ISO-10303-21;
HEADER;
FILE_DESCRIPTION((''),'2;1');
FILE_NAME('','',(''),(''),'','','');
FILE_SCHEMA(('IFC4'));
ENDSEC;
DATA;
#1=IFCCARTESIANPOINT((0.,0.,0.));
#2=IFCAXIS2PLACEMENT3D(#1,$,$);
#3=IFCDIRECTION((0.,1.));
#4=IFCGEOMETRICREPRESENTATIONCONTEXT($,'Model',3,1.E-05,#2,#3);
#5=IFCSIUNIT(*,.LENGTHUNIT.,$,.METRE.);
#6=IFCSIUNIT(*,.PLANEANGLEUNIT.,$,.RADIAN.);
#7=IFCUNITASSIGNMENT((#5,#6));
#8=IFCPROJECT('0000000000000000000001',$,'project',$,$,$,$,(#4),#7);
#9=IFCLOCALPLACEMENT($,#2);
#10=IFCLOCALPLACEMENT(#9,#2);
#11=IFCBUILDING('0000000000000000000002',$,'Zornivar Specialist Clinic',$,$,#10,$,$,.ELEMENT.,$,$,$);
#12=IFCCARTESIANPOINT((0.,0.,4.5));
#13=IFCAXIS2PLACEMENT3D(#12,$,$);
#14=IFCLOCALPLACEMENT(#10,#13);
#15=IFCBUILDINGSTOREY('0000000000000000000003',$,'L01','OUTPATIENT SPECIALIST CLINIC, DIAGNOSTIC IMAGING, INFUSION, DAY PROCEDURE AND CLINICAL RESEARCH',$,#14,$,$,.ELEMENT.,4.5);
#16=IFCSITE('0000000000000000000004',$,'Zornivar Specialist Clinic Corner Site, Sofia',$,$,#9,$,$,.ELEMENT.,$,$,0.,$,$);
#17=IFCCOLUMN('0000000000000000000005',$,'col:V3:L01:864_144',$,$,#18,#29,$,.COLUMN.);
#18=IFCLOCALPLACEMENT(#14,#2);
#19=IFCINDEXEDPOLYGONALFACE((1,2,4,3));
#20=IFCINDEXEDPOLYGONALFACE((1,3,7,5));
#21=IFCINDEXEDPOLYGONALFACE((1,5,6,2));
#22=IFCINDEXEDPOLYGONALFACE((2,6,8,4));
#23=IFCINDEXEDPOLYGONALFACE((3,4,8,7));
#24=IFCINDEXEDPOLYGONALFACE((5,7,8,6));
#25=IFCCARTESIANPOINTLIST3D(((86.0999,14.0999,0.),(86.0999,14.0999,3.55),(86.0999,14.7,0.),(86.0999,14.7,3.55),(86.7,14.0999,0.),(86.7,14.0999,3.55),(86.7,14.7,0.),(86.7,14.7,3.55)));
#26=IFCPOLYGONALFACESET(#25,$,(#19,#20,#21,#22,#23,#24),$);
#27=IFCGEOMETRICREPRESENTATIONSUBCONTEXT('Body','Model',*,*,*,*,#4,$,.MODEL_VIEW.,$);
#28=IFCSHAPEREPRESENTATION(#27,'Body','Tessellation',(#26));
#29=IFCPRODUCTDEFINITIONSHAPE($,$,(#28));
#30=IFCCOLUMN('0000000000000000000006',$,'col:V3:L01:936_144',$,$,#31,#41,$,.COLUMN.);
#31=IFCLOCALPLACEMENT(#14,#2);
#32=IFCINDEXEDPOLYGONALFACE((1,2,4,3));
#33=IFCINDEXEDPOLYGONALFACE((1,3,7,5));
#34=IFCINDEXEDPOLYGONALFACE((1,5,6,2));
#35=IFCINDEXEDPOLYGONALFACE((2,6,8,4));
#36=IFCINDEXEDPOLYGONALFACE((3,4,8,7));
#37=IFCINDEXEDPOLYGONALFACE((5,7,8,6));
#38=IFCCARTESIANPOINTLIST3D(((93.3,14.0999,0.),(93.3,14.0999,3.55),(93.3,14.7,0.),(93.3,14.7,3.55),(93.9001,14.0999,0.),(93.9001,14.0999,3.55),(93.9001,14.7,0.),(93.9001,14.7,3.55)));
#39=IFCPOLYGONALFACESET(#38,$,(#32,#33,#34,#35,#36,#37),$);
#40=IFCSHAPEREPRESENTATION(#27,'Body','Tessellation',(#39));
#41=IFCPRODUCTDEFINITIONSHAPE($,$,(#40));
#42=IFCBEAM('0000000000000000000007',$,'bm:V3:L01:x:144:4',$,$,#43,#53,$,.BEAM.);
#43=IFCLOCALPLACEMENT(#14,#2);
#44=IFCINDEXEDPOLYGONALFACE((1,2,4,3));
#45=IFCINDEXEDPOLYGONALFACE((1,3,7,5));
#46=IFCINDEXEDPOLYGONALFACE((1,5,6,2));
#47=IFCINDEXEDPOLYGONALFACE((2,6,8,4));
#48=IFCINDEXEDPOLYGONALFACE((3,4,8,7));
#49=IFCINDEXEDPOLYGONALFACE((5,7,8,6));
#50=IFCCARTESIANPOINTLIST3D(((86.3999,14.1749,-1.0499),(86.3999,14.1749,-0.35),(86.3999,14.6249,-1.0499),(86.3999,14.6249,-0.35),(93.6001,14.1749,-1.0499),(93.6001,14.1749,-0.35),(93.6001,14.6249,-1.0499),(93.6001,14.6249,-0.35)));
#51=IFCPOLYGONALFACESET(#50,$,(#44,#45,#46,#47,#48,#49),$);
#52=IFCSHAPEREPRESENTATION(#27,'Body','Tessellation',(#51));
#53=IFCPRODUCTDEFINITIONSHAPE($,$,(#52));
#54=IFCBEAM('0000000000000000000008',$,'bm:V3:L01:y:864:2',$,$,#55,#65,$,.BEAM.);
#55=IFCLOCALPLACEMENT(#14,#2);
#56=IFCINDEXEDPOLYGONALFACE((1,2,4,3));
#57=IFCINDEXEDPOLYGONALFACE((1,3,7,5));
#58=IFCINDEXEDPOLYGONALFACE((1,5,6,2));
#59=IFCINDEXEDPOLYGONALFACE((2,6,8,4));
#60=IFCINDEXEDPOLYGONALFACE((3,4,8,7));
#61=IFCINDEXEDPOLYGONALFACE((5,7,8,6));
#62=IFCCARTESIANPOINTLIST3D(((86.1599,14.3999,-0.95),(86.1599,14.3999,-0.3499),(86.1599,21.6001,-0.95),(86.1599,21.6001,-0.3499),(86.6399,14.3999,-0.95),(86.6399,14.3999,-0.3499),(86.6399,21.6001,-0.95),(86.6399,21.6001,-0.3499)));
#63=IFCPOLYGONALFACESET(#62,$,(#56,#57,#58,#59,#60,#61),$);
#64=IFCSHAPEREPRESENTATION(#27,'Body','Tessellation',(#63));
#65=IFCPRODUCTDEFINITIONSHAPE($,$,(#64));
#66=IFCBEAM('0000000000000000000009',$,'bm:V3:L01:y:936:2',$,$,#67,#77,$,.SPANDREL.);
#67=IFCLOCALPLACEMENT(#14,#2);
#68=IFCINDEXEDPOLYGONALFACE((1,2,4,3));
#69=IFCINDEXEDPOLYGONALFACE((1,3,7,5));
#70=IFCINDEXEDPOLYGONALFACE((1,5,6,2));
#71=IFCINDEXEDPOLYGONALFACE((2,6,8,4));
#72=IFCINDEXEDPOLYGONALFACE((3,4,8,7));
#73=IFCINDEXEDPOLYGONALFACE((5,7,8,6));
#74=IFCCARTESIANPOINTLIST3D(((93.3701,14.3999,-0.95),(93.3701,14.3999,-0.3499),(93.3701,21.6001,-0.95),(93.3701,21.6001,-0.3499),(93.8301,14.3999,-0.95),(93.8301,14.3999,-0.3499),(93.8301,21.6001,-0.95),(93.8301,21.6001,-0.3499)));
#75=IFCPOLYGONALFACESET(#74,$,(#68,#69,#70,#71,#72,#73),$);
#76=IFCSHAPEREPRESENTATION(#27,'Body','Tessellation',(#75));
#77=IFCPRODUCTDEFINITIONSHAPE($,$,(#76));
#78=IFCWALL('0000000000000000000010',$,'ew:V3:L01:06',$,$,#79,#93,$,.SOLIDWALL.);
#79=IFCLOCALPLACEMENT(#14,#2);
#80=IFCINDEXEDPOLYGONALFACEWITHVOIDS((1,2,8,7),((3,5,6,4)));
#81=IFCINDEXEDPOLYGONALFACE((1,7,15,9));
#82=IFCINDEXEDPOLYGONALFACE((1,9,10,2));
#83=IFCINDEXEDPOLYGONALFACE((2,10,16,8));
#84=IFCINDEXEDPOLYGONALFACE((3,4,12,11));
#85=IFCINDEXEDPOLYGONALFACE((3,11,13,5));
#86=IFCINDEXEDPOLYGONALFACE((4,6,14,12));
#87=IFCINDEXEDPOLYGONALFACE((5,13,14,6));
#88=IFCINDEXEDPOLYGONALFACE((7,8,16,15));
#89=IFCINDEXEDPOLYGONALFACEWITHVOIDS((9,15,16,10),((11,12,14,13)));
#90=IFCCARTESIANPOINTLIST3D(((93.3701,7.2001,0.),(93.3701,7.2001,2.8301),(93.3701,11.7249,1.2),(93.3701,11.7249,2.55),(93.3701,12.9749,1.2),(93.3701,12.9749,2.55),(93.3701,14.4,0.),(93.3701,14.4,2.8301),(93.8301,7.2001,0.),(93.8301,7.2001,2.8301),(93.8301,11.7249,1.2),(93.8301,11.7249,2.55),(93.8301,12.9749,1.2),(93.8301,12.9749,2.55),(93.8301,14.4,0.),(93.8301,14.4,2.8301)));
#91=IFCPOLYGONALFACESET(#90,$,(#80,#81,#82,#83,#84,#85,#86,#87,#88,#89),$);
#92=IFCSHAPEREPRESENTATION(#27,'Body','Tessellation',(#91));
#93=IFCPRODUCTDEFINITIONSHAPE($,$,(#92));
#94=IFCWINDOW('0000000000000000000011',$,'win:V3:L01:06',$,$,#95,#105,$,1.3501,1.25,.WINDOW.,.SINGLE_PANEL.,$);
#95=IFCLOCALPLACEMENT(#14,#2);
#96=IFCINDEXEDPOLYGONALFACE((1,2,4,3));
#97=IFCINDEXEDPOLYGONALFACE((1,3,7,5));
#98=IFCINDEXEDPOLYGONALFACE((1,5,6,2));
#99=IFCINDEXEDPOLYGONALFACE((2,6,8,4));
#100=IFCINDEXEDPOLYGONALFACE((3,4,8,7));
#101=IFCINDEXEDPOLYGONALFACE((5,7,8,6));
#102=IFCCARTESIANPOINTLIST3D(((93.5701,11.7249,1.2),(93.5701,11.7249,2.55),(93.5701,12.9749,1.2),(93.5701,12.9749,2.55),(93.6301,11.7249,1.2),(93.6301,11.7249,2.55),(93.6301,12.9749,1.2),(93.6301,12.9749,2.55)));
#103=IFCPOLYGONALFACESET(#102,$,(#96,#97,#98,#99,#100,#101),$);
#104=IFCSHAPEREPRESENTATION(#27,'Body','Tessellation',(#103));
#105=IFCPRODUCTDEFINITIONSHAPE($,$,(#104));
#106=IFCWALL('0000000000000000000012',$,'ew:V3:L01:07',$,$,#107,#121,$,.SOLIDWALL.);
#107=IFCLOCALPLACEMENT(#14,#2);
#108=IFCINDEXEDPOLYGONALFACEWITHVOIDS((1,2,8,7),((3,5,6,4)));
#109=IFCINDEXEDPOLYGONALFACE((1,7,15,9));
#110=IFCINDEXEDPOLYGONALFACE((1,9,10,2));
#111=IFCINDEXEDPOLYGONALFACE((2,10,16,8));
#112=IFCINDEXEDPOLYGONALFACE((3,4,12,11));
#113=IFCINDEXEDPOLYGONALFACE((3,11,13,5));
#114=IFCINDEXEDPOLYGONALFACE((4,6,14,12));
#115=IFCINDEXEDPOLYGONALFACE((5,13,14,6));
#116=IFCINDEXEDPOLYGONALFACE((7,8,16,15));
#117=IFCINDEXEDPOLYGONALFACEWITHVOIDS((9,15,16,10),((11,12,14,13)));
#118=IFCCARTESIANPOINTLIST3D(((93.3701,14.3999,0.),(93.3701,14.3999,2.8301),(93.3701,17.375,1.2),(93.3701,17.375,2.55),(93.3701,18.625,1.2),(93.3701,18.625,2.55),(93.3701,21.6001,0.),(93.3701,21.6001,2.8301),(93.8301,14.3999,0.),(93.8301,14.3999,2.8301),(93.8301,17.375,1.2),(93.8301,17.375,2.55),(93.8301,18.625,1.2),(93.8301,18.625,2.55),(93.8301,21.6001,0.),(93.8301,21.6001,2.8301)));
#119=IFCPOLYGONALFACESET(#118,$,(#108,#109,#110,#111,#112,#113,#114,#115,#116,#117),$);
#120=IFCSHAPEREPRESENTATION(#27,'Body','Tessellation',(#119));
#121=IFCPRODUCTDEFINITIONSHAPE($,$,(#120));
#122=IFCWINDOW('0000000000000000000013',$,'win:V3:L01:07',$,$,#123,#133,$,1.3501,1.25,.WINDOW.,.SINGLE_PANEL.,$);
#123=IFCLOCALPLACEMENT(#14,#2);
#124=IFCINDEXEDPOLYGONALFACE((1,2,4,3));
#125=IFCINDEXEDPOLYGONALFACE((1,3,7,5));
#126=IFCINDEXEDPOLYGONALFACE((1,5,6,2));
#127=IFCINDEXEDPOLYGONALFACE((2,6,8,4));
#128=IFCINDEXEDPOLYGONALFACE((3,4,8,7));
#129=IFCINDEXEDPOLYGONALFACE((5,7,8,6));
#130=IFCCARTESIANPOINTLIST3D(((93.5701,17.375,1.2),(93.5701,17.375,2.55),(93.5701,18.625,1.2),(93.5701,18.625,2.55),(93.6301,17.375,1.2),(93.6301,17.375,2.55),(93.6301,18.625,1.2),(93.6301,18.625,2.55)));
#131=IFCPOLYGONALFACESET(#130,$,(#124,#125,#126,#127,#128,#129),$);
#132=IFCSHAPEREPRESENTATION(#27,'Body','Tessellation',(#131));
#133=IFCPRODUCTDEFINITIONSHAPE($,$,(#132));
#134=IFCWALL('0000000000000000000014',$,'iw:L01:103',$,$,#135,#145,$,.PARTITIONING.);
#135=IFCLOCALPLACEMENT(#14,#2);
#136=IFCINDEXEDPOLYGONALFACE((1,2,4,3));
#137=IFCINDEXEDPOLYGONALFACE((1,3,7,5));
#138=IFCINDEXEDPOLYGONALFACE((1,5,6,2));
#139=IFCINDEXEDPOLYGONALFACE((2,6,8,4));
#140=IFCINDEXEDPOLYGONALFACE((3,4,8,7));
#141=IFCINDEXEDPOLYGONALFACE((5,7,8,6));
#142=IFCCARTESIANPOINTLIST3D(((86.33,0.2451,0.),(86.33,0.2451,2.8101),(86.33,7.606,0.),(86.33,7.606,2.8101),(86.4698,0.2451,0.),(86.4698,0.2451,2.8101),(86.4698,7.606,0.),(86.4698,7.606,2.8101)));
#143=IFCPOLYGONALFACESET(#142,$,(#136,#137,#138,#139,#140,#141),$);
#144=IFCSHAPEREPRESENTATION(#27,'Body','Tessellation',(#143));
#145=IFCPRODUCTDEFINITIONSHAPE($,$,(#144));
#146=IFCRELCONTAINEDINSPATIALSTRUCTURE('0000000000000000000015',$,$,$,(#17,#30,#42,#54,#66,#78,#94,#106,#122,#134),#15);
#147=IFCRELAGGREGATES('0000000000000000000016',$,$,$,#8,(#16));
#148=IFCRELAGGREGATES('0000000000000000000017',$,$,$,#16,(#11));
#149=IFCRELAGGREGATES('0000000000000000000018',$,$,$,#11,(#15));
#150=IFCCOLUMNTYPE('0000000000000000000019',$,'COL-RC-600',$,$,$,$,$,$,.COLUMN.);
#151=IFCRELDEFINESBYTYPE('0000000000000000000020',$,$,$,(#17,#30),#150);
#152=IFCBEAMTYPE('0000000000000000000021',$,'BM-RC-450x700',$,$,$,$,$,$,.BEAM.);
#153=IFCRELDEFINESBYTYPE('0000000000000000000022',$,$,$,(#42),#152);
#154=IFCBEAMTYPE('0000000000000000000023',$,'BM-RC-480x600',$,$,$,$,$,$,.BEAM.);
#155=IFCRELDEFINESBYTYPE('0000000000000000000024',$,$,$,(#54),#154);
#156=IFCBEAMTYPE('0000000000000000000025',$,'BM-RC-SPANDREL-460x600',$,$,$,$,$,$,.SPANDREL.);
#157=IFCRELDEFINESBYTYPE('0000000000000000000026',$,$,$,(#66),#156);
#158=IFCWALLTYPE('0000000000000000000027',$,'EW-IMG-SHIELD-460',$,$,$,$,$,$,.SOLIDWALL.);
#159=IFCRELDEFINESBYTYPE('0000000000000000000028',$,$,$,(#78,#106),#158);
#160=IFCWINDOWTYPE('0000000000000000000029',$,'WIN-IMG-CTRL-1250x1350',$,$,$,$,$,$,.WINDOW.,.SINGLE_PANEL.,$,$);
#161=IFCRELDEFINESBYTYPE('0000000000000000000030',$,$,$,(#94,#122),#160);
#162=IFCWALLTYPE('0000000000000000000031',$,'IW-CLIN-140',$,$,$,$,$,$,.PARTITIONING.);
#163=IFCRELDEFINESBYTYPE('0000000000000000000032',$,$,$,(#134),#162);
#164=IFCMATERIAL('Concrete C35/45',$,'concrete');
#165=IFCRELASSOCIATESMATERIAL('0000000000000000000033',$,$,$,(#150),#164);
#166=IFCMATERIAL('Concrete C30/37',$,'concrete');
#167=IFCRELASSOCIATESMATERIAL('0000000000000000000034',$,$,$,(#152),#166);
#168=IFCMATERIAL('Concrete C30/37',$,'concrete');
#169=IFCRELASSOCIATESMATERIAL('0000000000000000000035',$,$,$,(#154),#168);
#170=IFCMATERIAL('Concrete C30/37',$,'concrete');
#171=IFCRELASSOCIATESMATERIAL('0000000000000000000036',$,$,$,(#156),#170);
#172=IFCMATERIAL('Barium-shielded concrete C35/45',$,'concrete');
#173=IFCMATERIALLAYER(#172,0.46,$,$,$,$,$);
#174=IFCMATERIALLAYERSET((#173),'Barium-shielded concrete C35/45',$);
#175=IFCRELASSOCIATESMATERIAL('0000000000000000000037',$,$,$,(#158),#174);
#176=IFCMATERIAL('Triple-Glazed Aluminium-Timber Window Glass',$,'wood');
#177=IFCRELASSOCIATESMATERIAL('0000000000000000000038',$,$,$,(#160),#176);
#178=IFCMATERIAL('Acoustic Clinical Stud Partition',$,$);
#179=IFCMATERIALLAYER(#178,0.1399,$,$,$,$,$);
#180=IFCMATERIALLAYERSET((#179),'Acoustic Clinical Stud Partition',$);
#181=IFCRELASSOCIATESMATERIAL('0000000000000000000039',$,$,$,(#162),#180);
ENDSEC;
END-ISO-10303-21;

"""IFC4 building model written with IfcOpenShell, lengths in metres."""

from ifc_helpers import new_model, si_unit, direction, frame, frame_2d, origin, origin_2d, place, context, subcontext, project, spatial, rectangle, extrude, material, layer, layer_set, material_profile, profile_set, type_object, element, fill, save


model = new_model("IFC4")

# Units and contexts
model_context = context("Model", 3, precision=1e-05, world=origin(), true_north=direction((0.0, 1.0)))
body_context = subcontext(model_context, "Body", "Model", "MODEL_VIEW")
ifc_project = project(units=[si_unit("LENGTHUNIT", "METRE"), si_unit("PLANEANGLEUNIT", "RADIAN")], contexts=[model_context])

# Site, building, storey
site_placement = place(None, origin())
site = spatial("IfcSite", under=ifc_project, at=site_placement, Name="Zornivar Specialist Clinic Corner Site, Sofia", CompositionType="ELEMENT", RefElevation=0.0)
building_placement = place(site_placement, origin())
building = spatial("IfcBuilding", under=site, at=building_placement, Name="Zornivar Specialist Clinic", CompositionType="ELEMENT")
storey_placement = place(building_placement, frame((0.0, 0.0, 4.5)))
storey = spatial("IfcBuildingStorey", under=building, at=storey_placement, Name="L01", Description="OUTPATIENT SPECIALIST CLINIC, DIAGNOSTIC IMAGING, INFUSION, DAY PROCEDURE AND CLINICAL RESEARCH", CompositionType="ELEMENT", Elevation=4.5)

# Columns
ifc_material_1 = material(Name="Concrete C35/45", Category="concrete")
ifc_material_profile_1 = material_profile(ifc_material_1, rectangle(XDim=0.6001, YDim=0.6001, at=origin_2d()), Name="RC 600x600")
ifc_profile_set_1 = profile_set([ifc_material_profile_1], Name="Concrete C35/45")
column_type = type_object("IfcColumnType", Name="COL-RC-600", PredefinedType="COLUMN", material=ifc_profile_set_1)
for number, where, z_axis, x_axis, name in (
    (1, (86.3999, 14.3999, 0.0), (0.0, 0.0, 1.0), (1.0, 0.0, 0.0), "col:V3:L01:864_144"),
    (2, (93.6001, 14.3999, 0.0), (0.0, 0.0, 1.0), (1.0, 0.0, 0.0), "col:V3:L01:936_144"),
):
    element("IfcColumn", number, at=place(storey_placement, frame(where, z_axis=z_axis, x_axis=x_axis)), inside=storey, type_object=column_type, Name=name, PredefinedType="COLUMN", context=body_context, shape_type="SweptSolid", body=[
        extrude(rectangle(XDim=0.6001, YDim=0.6001, at=origin_2d()), origin(), (0.0, 0.0, 1.0), 3.55),
    ])

# Beams
ifc_material_2 = material(Name="Concrete C30/37", Category="concrete")
ifc_material_profile_2 = material_profile(ifc_material_2, rectangle(XDim=0.45, YDim=0.7, at=origin_2d()), Name="RC 450x700")
ifc_profile_set_2 = profile_set([ifc_material_profile_2], Name="Concrete C30/37")
beam_type_1 = type_object("IfcBeamType", Name="BM-RC-450x700", PredefinedType="BEAM", material=ifc_profile_set_2)
beam_1_placement = place(storey_placement, frame((86.3999, 14.3999, -0.7), z_axis=(1.0, 0.0, 0.0), x_axis=(0.0, 1.0, 0.0)))
element("IfcBeam", 3, at=beam_1_placement, inside=storey, type_object=beam_type_1, Name="bm:V3:L01:x:144:4", PredefinedType="BEAM", context=body_context, shape_type="SweptSolid", body=[
    extrude(rectangle(XDim=0.45, YDim=0.7, at=origin_2d()), origin(), (0.0, 0.0, 1.0), 7.2002),
])
ifc_material_3 = material(Name="Concrete C30/37", Category="concrete")
ifc_material_profile_3 = material_profile(ifc_material_3, rectangle(XDim=0.48, YDim=0.6001, at=origin_2d()), Name="RC 480x600")
ifc_profile_set_3 = profile_set([ifc_material_profile_3], Name="Concrete C30/37")
beam_type_2 = type_object("IfcBeamType", Name="BM-RC-480x600", PredefinedType="BEAM", material=ifc_profile_set_3)
beam_2_placement = place(storey_placement, frame((86.3999, 14.3999, -0.6499), z_axis=(0.0, 1.0, 0.0), x_axis=(-1.0, 0.0, 0.0)))
element("IfcBeam", 4, at=beam_2_placement, inside=storey, type_object=beam_type_2, Name="bm:V3:L01:y:864:2", PredefinedType="BEAM", context=body_context, shape_type="SweptSolid", body=[
    extrude(rectangle(XDim=0.48, YDim=0.6001, at=origin_2d()), origin(), (0.0, 0.0, 1.0), 7.2002),
])
ifc_material_4 = material(Name="Concrete C30/37", Category="concrete")
ifc_material_profile_4 = material_profile(ifc_material_4, rectangle(XDim=0.46, YDim=0.6001, at=origin_2d()), Name="RC 460x600")
ifc_profile_set_4 = profile_set([ifc_material_profile_4], Name="Concrete C30/37")
beam_type_3 = type_object("IfcBeamType", Name="BM-RC-SPANDREL-460x600", PredefinedType="SPANDREL", material=ifc_profile_set_4)
beam_3_placement = place(storey_placement, frame((93.6001, 14.3999, -0.6499), z_axis=(0.0, 1.0, 0.0), x_axis=(-1.0, 0.0, 0.0)))
element("IfcBeam", 5, at=beam_3_placement, inside=storey, type_object=beam_type_3, Name="bm:V3:L01:y:936:2", PredefinedType="SPANDREL", context=body_context, shape_type="SweptSolid", body=[
    extrude(rectangle(XDim=0.46, YDim=0.6001, at=origin_2d()), origin(), (0.0, 0.0, 1.0), 7.2002),
])

# Walls, openings, windows
ifc_material_5 = material(Name="Barium-shielded concrete C35/45", Category="concrete")
ifc_layer_1 = layer(ifc_material_5, 0.46)
ifc_layer_set_1 = layer_set([ifc_layer_1], Name="Barium-shielded concrete C35/45")
wall_type_1 = type_object("IfcWallType", Name="EW-IMG-SHIELD-460", PredefinedType="SOLIDWALL", material=ifc_layer_set_1)
wall_1_placement = place(storey_placement, frame((93.6001, 7.2, 0.0), z_axis=(0.0, 0.0, 1.0), x_axis=(0.0, 1.0, 0.0)))
wall_1 = element("IfcWall", 6, at=wall_1_placement, inside=storey, type_object=wall_type_1, Name="ew:V3:L01:06", PredefinedType="SOLIDWALL", context=body_context, shape_type="SweptSolid", body=[
    extrude(rectangle(XDim=7.2, YDim=0.46, at=frame_2d((3.6001, 0.0))), origin(), (0.0, 0.0, 1.0), 2.8301),
])
opening_1_placement = place(wall_1_placement, frame((4.5249, 0.0, 1.2)))
opening_1 = element("IfcOpeningElement", 7, at=opening_1_placement, cuts=wall_1, PredefinedType="OPENING", context=body_context, shape_type="SweptSolid", body=[
    extrude(rectangle(XDim=1.25, YDim=1.3501, at=frame_2d((0.625, 0.675))), frame((0.0, 0.24, 0.0), z_axis=(0.0, -1.0, 0.0), x_axis=(1.0, 0.0, 0.0)), (0.0, 0.0, 1.0), 0.48),
])
ifc_material_6 = material(Name="Triple-Glazed Aluminium-Timber Window Glass", Category="wood")
window_type = type_object("IfcWindowType", Name="WIN-IMG-CTRL-1250x1350", PartitioningType="SINGLE_PANEL", PredefinedType="WINDOW", material=ifc_material_6)
window_1_placement = place(opening_1_placement, origin())
window_1 = element("IfcWindow", 8, at=window_1_placement, inside=storey, type_object=window_type, Name="win:V3:L01:06", OverallHeight=1.3501, OverallWidth=1.25, PartitioningType="SINGLE_PANEL", PredefinedType="WINDOW", context=body_context, shape_type="SweptSolid", body=[
    extrude(rectangle(XDim=1.25, YDim=1.3501, at=frame_2d((0.625, 0.675))), frame((0.0, 0.03, 0.0), z_axis=(0.0, -1.0, 0.0), x_axis=(1.0, 0.0, 0.0)), (0.0, 0.0, 1.0), 0.0601),
])
fill(opening_1, window_1)
wall_2_placement = place(storey_placement, frame((93.6001, 14.3999, 0.0), z_axis=(0.0, 0.0, 1.0), x_axis=(0.0, 1.0, 0.0)))
wall_2 = element("IfcWall", 9, at=wall_2_placement, inside=storey, type_object=wall_type_1, Name="ew:V3:L01:07", PredefinedType="SOLIDWALL", context=body_context, shape_type="SweptSolid", body=[
    extrude(rectangle(XDim=7.2002, YDim=0.46, at=frame_2d((3.6001, 0.0))), origin(), (0.0, 0.0, 1.0), 2.8301),
])
opening_2_placement = place(wall_2_placement, frame((2.9751, 0.0, 1.2)))
opening_2 = element("IfcOpeningElement", 10, at=opening_2_placement, cuts=wall_2, PredefinedType="OPENING", context=body_context, shape_type="SweptSolid", body=[
    extrude(rectangle(XDim=1.25, YDim=1.3501, at=frame_2d((0.625, 0.675))), frame((0.0, 0.24, 0.0), z_axis=(0.0, -1.0, 0.0), x_axis=(1.0, 0.0, 0.0)), (0.0, 0.0, 1.0), 0.48),
])
window_2_placement = place(opening_2_placement, origin())
window_2 = element("IfcWindow", 11, at=window_2_placement, inside=storey, type_object=window_type, Name="win:V3:L01:07", OverallHeight=1.3501, OverallWidth=1.25, PartitioningType="SINGLE_PANEL", PredefinedType="WINDOW", context=body_context, shape_type="SweptSolid", body=[
    extrude(rectangle(XDim=1.25, YDim=1.3501, at=frame_2d((0.625, 0.675))), frame((0.0, 0.03, 0.0), z_axis=(0.0, -1.0, 0.0), x_axis=(1.0, 0.0, 0.0)), (0.0, 0.0, 1.0), 0.0601),
])
fill(opening_2, window_2)

# Wall
ifc_material_7 = material(Name="Acoustic Clinical Stud Partition")
ifc_layer_2 = layer(ifc_material_7, 0.1399)
ifc_layer_set_2 = layer_set([ifc_layer_2], Name="Acoustic Clinical Stud Partition")
wall_type_2 = type_object("IfcWallType", Name="IW-CLIN-140", PredefinedType="PARTITIONING", material=ifc_layer_set_2)
wall_3_placement = place(storey_placement, frame((86.3999, 7.606, 0.0), z_axis=(0.0, 0.0, 1.0), x_axis=(0.0, -1.0, 0.0)))
element("IfcWall", 12, at=wall_3_placement, inside=storey, type_object=wall_type_2, Name="iw:L01:103", PredefinedType="PARTITIONING", context=body_context, shape_type="SweptSolid", body=[
    extrude(rectangle(XDim=7.3608, YDim=0.1399, at=frame_2d((3.6804, 0.0))), origin(), (0.0, 0.0, 1.0), 2.8101),
])

save(model, "model.ifc")
